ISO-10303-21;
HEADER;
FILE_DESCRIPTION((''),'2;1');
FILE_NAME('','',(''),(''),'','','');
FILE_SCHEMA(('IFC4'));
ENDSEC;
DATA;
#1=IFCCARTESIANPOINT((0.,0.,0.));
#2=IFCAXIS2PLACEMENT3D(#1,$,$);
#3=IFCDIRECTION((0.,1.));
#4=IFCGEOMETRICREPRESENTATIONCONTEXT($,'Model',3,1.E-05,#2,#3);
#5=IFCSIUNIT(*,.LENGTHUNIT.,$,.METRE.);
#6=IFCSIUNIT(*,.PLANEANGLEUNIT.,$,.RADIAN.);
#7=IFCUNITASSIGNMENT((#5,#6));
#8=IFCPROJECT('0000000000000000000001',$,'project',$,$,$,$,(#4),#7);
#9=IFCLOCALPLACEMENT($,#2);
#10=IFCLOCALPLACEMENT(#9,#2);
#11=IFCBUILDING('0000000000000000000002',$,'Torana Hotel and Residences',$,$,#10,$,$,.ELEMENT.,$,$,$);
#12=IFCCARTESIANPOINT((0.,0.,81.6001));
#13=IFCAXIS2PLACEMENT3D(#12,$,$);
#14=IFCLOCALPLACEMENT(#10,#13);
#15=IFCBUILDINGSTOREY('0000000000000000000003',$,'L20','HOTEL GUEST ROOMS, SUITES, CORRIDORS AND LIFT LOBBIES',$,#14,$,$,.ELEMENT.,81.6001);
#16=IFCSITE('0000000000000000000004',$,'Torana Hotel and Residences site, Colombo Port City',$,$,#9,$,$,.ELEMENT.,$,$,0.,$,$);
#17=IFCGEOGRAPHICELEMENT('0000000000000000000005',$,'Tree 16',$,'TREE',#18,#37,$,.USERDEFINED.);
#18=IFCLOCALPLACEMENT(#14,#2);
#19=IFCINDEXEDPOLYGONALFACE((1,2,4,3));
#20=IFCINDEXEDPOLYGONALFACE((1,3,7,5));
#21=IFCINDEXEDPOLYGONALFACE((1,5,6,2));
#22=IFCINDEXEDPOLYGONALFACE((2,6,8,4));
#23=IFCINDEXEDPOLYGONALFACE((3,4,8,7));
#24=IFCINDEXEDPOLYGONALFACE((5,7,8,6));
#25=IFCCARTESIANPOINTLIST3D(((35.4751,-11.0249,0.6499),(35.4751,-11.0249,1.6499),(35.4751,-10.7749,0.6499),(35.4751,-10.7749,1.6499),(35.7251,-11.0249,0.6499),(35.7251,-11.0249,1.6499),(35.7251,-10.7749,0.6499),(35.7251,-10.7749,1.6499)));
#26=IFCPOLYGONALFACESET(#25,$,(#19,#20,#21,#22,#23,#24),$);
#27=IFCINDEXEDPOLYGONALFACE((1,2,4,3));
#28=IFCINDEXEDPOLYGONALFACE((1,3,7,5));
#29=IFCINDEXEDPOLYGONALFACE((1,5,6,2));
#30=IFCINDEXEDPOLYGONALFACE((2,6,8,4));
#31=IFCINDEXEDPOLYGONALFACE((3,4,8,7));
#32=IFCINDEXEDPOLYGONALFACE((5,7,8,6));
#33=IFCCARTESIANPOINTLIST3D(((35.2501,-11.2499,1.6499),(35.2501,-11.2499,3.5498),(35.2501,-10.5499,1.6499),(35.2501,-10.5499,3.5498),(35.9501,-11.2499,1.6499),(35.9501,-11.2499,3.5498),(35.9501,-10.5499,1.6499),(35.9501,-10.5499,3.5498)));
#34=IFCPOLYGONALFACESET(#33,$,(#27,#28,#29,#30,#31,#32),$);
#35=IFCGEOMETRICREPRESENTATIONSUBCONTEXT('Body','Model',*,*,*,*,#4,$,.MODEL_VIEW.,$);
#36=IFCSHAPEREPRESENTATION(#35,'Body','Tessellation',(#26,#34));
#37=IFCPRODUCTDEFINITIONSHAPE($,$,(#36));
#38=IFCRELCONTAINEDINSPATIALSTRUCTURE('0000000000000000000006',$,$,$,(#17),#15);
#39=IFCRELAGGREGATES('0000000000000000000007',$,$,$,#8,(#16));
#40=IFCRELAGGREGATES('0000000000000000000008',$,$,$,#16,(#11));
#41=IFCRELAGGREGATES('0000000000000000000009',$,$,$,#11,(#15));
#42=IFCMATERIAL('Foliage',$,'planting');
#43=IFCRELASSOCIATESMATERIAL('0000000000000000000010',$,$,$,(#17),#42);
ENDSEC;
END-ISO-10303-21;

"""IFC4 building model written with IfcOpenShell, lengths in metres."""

from ifc_helpers import new_model, si_unit, direction, frame, origin, origin_2d, place, context, subcontext, project, spatial, rectangle, extrude, material, element, save


model = new_model("IFC4")

# Units and contexts
model_context = context("Model", 3, precision=1e-05, world=origin(), true_north=direction((0.0, 1.0)))
body_context = subcontext(model_context, "Body", "Model", "MODEL_VIEW")
ifc_project = project(units=[si_unit("LENGTHUNIT", "METRE"), si_unit("PLANEANGLEUNIT", "RADIAN")], contexts=[model_context])

# Site, building, storey
site_placement = place(None, origin())
site = spatial("IfcSite", under=ifc_project, at=site_placement, Name="Torana Hotel and Residences site, Colombo Port City", CompositionType="ELEMENT", RefElevation=0.0)
building_placement = place(site_placement, origin())
building = spatial("IfcBuilding", under=site, at=building_placement, Name="Torana Hotel and Residences", CompositionType="ELEMENT")
storey_placement = place(building_placement, frame((0.0, 0.0, 81.6001)))
storey = spatial("IfcBuildingStorey", under=building, at=storey_placement, Name="L20", Description="HOTEL GUEST ROOMS, SUITES, CORRIDORS AND LIFT LOBBIES", CompositionType="ELEMENT", Elevation=81.6001)

# Geographic element
ifc_material_1 = material(Name="Foliage", Category="planting")
geographic_element_placement = place(storey_placement, frame((35.6001, -10.8999, 0.6499), z_axis=(0.0, 0.0, 1.0), x_axis=(1.0, 0.0, 0.0)))
element("IfcGeographicElement", 1, at=geographic_element_placement, inside=storey, material=ifc_material_1, Name="Tree 16", ObjectType="TREE", PredefinedType="USERDEFINED", context=body_context, shape_type="SweptSolid", body=[
    extrude(rectangle(XDim=0.25, YDim=0.25, at=origin_2d()), origin(), (0.0, 0.0, 1.0), 1.0),
    extrude(rectangle(XDim=0.7, YDim=0.7, at=origin_2d()), frame((0.0, 0.0, 1.0)), (0.0, 0.0, 1.0), 1.8999),
])

save(model, "model.ifc")
